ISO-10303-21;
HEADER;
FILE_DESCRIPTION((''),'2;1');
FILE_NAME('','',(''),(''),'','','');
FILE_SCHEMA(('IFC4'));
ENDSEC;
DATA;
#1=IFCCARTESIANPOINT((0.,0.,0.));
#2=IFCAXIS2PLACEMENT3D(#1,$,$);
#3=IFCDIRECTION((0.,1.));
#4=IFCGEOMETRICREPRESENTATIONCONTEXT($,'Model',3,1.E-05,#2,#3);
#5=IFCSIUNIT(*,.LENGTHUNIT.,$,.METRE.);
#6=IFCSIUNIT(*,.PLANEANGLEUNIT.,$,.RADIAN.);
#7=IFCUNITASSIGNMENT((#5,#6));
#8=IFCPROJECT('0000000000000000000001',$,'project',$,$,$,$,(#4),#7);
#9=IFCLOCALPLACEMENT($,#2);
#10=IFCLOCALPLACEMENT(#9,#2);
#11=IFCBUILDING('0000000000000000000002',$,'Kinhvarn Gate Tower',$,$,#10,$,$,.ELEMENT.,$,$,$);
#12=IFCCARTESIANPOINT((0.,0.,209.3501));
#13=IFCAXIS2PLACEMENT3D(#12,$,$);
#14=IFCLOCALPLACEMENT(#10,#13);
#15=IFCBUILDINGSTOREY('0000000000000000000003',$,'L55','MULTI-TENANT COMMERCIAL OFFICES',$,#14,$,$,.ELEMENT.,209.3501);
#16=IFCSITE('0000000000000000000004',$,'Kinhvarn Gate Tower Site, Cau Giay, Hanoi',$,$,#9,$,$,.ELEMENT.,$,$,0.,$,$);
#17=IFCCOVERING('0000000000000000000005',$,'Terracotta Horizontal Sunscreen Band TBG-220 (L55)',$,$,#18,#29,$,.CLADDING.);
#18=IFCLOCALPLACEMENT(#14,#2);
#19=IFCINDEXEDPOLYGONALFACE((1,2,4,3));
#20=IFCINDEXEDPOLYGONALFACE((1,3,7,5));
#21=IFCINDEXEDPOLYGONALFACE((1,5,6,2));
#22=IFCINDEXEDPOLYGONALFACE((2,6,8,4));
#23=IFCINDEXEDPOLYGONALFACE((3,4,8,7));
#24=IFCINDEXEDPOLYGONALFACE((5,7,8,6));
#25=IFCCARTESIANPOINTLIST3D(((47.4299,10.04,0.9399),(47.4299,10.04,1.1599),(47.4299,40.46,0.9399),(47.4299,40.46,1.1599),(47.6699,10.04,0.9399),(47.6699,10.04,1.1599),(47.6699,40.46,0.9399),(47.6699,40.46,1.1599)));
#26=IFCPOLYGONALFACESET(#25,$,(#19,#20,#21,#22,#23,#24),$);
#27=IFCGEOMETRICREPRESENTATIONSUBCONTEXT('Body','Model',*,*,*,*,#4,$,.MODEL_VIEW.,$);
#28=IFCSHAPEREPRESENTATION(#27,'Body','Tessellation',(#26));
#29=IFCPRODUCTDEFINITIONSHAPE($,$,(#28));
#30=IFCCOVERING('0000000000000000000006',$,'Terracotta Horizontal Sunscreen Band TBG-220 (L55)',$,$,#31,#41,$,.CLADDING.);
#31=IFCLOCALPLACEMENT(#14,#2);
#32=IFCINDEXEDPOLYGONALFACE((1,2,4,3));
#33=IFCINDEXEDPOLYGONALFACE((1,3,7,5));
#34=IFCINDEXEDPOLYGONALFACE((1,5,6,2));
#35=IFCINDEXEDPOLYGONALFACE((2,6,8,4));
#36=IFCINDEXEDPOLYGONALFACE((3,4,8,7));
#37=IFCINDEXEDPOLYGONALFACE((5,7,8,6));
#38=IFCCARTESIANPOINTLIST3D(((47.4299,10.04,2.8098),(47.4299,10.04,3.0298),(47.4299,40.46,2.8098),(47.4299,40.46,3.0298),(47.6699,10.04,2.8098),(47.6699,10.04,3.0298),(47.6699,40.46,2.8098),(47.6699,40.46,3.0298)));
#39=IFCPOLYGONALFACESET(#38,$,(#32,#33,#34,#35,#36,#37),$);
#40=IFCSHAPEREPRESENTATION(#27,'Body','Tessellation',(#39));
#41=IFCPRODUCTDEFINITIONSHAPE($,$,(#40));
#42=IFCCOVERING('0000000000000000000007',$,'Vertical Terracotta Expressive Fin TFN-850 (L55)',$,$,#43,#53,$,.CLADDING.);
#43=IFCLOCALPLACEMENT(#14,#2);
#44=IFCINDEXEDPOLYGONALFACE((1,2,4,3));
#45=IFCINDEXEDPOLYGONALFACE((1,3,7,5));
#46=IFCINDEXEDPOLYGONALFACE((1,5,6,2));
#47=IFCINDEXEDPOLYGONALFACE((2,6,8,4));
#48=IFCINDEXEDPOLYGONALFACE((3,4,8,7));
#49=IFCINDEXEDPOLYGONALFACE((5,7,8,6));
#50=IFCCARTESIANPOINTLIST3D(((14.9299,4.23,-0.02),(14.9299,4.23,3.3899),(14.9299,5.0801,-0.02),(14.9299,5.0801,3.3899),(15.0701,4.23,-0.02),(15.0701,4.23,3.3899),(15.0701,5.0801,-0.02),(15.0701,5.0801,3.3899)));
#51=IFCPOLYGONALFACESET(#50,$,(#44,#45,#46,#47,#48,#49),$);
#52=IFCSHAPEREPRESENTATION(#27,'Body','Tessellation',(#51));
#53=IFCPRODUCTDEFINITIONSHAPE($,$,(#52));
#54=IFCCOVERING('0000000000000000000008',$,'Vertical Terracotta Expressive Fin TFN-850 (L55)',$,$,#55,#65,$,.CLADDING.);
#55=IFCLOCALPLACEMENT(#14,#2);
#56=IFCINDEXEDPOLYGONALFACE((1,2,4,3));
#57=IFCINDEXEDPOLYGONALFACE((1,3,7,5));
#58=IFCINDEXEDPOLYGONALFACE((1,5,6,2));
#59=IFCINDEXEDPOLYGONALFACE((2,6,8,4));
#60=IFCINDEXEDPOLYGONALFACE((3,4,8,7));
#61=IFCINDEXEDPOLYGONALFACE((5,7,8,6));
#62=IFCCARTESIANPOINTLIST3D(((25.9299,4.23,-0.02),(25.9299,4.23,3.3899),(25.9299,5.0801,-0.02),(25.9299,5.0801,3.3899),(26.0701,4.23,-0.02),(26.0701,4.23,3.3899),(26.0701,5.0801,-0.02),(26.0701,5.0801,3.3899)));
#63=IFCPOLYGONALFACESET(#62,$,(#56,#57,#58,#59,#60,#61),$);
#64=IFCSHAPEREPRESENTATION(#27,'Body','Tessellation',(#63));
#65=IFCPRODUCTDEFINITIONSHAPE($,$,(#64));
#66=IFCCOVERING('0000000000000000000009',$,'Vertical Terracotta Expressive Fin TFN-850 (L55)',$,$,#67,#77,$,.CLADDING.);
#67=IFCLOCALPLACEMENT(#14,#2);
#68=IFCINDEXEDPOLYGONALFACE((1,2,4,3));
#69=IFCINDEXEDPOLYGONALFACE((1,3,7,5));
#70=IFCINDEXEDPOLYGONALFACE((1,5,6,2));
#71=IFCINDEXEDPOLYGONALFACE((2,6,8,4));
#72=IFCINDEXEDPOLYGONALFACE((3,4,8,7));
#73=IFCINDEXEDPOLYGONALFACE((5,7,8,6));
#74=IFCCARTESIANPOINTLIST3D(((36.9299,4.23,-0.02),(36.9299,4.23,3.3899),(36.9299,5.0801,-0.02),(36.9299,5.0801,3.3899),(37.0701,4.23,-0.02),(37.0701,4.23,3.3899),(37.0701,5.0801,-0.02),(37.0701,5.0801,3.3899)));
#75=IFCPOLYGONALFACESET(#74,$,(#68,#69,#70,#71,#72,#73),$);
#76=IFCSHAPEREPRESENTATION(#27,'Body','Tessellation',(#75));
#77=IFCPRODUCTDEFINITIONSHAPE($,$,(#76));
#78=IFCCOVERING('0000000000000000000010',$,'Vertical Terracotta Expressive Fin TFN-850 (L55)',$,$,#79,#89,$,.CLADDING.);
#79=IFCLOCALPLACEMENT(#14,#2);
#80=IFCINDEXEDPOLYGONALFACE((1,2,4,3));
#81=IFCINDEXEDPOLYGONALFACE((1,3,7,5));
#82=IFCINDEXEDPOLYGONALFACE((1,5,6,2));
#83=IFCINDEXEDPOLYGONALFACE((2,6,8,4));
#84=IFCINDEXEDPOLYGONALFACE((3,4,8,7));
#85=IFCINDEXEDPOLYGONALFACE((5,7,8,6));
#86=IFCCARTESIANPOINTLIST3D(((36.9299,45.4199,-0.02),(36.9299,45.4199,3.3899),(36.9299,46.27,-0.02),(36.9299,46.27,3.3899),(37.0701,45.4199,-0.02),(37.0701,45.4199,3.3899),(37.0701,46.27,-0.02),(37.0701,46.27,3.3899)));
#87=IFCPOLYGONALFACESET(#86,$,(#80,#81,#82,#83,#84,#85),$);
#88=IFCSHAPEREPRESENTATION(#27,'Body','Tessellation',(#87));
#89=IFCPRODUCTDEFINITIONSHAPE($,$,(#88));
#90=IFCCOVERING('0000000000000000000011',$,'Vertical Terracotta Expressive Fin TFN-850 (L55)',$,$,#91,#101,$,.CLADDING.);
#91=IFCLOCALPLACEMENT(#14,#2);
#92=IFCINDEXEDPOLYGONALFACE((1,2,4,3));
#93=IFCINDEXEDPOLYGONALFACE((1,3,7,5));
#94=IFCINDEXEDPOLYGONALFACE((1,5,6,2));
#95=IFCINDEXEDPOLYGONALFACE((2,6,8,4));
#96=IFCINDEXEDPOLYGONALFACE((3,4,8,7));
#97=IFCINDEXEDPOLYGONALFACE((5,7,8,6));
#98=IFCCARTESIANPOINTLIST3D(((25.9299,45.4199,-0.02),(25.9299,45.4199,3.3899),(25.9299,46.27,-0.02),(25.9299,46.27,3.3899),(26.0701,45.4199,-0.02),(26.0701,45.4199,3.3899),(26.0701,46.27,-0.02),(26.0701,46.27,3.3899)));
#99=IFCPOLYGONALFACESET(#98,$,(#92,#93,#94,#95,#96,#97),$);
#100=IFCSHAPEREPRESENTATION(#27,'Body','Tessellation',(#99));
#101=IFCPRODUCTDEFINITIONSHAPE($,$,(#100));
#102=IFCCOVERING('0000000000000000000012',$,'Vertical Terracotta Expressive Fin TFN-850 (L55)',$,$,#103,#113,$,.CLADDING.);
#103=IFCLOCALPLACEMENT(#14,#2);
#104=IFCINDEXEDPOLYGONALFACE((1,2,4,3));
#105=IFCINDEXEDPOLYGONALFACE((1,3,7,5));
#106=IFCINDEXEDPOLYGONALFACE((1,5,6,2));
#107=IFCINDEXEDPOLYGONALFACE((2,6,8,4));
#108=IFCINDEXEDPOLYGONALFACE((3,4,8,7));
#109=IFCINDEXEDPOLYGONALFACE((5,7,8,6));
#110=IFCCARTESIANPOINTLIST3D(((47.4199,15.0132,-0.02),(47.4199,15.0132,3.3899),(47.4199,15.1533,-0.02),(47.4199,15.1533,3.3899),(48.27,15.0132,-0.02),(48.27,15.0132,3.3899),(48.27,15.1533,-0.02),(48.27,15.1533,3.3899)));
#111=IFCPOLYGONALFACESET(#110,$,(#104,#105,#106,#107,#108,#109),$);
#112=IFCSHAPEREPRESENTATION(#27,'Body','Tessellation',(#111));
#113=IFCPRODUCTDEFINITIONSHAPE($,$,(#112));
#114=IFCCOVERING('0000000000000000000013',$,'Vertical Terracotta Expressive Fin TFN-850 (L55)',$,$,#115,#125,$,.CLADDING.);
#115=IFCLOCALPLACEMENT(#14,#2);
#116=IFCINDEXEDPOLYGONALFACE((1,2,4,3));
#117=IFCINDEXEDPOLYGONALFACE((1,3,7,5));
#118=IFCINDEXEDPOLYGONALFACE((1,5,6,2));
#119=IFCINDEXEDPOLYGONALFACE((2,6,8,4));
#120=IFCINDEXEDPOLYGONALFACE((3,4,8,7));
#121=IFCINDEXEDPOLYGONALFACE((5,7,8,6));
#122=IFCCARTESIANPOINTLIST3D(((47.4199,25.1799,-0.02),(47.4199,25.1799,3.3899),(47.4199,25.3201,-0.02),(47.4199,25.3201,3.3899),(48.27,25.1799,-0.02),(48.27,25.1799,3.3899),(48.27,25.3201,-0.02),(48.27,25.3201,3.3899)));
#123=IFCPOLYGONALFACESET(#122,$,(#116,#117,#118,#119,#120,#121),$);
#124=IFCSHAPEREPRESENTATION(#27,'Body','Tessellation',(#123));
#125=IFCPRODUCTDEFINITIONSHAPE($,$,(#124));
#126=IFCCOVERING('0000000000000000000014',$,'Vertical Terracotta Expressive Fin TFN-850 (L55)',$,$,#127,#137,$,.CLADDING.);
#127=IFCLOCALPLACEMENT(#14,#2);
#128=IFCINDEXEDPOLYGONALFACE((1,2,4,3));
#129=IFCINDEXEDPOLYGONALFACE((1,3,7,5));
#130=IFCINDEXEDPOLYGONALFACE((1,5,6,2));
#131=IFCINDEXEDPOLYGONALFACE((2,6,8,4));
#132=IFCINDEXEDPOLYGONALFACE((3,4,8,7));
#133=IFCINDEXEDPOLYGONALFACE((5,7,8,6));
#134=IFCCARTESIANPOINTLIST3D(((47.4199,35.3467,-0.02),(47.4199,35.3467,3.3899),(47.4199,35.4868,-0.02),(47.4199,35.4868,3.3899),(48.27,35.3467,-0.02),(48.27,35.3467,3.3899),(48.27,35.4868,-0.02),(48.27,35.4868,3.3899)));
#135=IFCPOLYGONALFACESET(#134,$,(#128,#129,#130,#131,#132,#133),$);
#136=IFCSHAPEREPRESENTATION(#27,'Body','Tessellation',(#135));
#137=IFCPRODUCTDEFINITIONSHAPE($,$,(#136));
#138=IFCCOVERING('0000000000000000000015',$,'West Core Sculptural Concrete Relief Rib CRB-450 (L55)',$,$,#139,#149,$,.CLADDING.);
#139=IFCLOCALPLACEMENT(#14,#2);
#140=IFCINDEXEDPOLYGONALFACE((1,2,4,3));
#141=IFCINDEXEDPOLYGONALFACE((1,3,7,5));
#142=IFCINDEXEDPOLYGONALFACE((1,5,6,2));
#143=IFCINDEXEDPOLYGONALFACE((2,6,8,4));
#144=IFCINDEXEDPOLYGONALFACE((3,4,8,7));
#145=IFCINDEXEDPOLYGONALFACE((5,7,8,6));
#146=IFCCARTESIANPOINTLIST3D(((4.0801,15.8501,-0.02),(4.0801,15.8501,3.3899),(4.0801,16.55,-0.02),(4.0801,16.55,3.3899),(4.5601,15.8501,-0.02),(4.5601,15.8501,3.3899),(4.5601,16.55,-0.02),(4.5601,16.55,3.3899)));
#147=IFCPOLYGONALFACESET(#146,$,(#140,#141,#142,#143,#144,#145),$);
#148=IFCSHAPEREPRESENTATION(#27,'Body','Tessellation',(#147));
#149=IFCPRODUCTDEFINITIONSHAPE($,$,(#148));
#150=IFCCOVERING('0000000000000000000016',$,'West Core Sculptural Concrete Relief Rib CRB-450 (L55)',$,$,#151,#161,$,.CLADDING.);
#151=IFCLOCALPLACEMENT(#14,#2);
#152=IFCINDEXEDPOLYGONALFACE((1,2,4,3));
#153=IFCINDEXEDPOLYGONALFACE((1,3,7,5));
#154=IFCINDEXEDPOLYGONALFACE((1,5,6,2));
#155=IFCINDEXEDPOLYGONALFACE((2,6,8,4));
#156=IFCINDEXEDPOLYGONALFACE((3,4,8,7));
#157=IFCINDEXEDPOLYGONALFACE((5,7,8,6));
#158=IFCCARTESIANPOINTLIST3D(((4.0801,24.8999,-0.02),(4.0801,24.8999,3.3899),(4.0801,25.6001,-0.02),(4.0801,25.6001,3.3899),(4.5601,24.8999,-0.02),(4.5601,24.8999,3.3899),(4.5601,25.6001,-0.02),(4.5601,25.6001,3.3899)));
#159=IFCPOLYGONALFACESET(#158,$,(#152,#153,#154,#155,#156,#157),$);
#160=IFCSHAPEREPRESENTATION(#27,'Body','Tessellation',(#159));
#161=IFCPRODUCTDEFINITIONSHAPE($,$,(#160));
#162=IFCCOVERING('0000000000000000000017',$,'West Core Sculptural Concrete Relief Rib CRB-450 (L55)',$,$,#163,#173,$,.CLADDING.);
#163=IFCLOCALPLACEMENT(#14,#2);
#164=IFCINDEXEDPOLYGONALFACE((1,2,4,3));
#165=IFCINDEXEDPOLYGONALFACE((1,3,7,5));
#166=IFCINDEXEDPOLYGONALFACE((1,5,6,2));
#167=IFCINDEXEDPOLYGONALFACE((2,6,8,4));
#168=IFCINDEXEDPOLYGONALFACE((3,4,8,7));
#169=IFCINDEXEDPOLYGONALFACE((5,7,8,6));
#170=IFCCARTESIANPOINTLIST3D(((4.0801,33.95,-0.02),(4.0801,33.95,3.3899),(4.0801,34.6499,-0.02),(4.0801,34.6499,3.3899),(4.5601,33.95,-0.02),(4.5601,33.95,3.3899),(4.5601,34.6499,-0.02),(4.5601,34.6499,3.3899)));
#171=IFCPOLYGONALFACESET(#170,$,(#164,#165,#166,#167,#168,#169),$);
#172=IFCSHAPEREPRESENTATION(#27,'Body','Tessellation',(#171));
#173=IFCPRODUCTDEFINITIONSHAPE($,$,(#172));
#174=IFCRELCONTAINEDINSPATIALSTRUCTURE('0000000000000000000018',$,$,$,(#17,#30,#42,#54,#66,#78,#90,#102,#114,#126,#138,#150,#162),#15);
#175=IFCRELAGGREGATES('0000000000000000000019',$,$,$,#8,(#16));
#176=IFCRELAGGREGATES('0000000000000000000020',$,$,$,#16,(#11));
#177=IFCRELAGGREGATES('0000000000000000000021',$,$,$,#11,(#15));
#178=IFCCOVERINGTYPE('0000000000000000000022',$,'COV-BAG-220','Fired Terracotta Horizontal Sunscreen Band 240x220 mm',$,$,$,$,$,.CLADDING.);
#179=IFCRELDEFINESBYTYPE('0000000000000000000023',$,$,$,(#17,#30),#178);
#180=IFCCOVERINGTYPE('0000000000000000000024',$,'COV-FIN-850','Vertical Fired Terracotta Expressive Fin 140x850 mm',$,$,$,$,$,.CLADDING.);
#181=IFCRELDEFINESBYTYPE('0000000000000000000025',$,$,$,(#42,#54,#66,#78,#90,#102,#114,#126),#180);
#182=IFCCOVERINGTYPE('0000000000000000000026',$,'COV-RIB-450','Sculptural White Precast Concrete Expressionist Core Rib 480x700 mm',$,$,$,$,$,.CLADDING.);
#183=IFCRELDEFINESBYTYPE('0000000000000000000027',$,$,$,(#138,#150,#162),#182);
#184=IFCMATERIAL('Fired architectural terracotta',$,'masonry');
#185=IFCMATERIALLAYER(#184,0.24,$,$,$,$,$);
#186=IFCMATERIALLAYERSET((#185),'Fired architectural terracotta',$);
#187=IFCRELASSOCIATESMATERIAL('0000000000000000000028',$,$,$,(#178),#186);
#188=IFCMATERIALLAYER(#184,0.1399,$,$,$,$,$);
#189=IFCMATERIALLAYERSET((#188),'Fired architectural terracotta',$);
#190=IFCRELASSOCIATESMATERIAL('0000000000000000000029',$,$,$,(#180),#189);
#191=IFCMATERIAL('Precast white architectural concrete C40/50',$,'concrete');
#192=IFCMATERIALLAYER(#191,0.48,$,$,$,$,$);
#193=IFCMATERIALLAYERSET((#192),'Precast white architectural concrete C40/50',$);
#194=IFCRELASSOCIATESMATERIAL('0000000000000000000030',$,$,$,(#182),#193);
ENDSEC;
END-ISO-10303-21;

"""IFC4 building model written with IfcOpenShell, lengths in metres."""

from ifc_helpers import new_model, si_unit, direction, frame, origin, place, context, subcontext, project, spatial, polyline, outline, extrude, material, layer, layer_set, type_object, element, save


model = new_model("IFC4")

# Units and contexts
model_context = context("Model", 3, precision=1e-05, world=origin(), true_north=direction((0.0, 1.0)))
body_context = subcontext(model_context, "Body", "Model", "MODEL_VIEW")
ifc_project = project(units=[si_unit("LENGTHUNIT", "METRE"), si_unit("PLANEANGLEUNIT", "RADIAN")], contexts=[model_context])

# Site, building, storey
site_placement = place(None, origin())
site = spatial("IfcSite", under=ifc_project, at=site_placement, Name="Kinhvarn Gate Tower Site, Cau Giay, Hanoi", CompositionType="ELEMENT", RefElevation=0.0)
building_placement = place(site_placement, origin())
building = spatial("IfcBuilding", under=site, at=building_placement, Name="Kinhvarn Gate Tower", CompositionType="ELEMENT")
storey_placement = place(building_placement, frame((0.0, 0.0, 209.3501)))
storey = spatial("IfcBuildingStorey", under=building, at=storey_placement, Name="L55", Description="MULTI-TENANT COMMERCIAL OFFICES", CompositionType="ELEMENT", Elevation=209.3501)

# Shared definitions
ifc_material_1 = material(Name="Precast white architectural concrete C40/50", Category="concrete")

# Coverings
ifc_material_2 = material(Name="Fired architectural terracotta", Category="masonry")
ifc_layer_1 = layer(ifc_material_2, 0.24)
ifc_layer_set_1 = layer_set([ifc_layer_1], Name="Fired architectural terracotta")
covering_type_1 = type_object("IfcCoveringType", Name="COV-BAG-220", Description="Fired Terracotta Horizontal Sunscreen Band 240x220 mm", PredefinedType="CLADDING", material=ifc_layer_set_1)
for number, where, name in (
    (1, (0.0, 0.0, 0.9399), "Terracotta Horizontal Sunscreen Band TBG-220 (L55)"),
    (2, (0.0, 0.0, 2.8098), "Terracotta Horizontal Sunscreen Band TBG-220 (L55)"),
):
    element("IfcCovering", number, at=place(storey_placement, frame(where)), inside=storey, type_object=covering_type_1, Name=name, PredefinedType="CLADDING", context=body_context, shape_type="SweptSolid", body=[
        extrude(outline(polyline([(47.4299, 10.04), (47.4299, 40.46), (47.6699, 40.46), (47.6699, 10.04), (47.4299, 10.04)])), origin(), (0.0, 0.0, 1.0), 0.22),
    ])
ifc_layer_2 = layer(ifc_material_2, 0.1399)
ifc_layer_set_2 = layer_set([ifc_layer_2], Name="Fired architectural terracotta")
covering_type_2 = type_object("IfcCoveringType", Name="COV-FIN-850", Description="Vertical Fired Terracotta Expressive Fin 140x850 mm", PredefinedType="CLADDING", material=ifc_layer_set_2)
covering_1_placement = place(storey_placement, frame((0.0, 0.0, -0.02)))
element("IfcCovering", 3, at=covering_1_placement, inside=storey, type_object=covering_type_2, Name="Vertical Terracotta Expressive Fin TFN-850 (L55)", PredefinedType="CLADDING", context=body_context, shape_type="SweptSolid", body=[
    extrude(outline(polyline([(14.9299, 5.0801), (15.0701, 5.0801), (15.0701, 4.23), (14.9299, 4.23), (14.9299, 5.0801)])), origin(), (0.0, 0.0, 1.0), 3.4099),
])
covering_2_placement = place(storey_placement, frame((0.0, 0.0, -0.02)))
element("IfcCovering", 4, at=covering_2_placement, inside=storey, type_object=covering_type_2, Name="Vertical Terracotta Expressive Fin TFN-850 (L55)", PredefinedType="CLADDING", context=body_context, shape_type="SweptSolid", body=[
    extrude(outline(polyline([(25.9299, 5.0801), (26.0701, 5.0801), (26.0701, 4.23), (25.9299, 4.23), (25.9299, 5.0801)])), origin(), (0.0, 0.0, 1.0), 3.4099),
])
covering_3_placement = place(storey_placement, frame((0.0, 0.0, -0.02)))
element("IfcCovering", 5, at=covering_3_placement, inside=storey, type_object=covering_type_2, Name="Vertical Terracotta Expressive Fin TFN-850 (L55)", PredefinedType="CLADDING", context=body_context, shape_type="SweptSolid", body=[
    extrude(outline(polyline([(36.9299, 5.0801), (37.0701, 5.0801), (37.0701, 4.23), (36.9299, 4.23), (36.9299, 5.0801)])), origin(), (0.0, 0.0, 1.0), 3.4099),
])
covering_4_placement = place(storey_placement, frame((0.0, 0.0, -0.02)))
element("IfcCovering", 6, at=covering_4_placement, inside=storey, type_object=covering_type_2, Name="Vertical Terracotta Expressive Fin TFN-850 (L55)", PredefinedType="CLADDING", context=body_context, shape_type="SweptSolid", body=[
    extrude(outline(polyline([(37.0701, 45.4199), (36.9299, 45.4199), (36.9299, 46.27), (37.0701, 46.27), (37.0701, 45.4199)])), origin(), (0.0, 0.0, 1.0), 3.4099),
])
covering_5_placement = place(storey_placement, frame((0.0, 0.0, -0.02)))
element("IfcCovering", 7, at=covering_5_placement, inside=storey, type_object=covering_type_2, Name="Vertical Terracotta Expressive Fin TFN-850 (L55)", PredefinedType="CLADDING", context=body_context, shape_type="SweptSolid", body=[
    extrude(outline(polyline([(26.0701, 45.4199), (25.9299, 45.4199), (25.9299, 46.27), (26.0701, 46.27), (26.0701, 45.4199)])), origin(), (0.0, 0.0, 1.0), 3.4099),
])
covering_6_placement = place(storey_placement, frame((0.0, 0.0, -0.02)))
element("IfcCovering", 8, at=covering_6_placement, inside=storey, type_object=covering_type_2, Name="Vertical Terracotta Expressive Fin TFN-850 (L55)", PredefinedType="CLADDING", context=body_context, shape_type="SweptSolid", body=[
    extrude(outline(polyline([(47.4199, 15.0132), (47.4199, 15.1533), (48.27, 15.1533), (48.27, 15.0132), (47.4199, 15.0132)])), origin(), (0.0, 0.0, 1.0), 3.4099),
])
covering_7_placement = place(storey_placement, frame((0.0, 0.0, -0.02)))
element("IfcCovering", 9, at=covering_7_placement, inside=storey, type_object=covering_type_2, Name="Vertical Terracotta Expressive Fin TFN-850 (L55)", PredefinedType="CLADDING", context=body_context, shape_type="SweptSolid", body=[
    extrude(outline(polyline([(47.4199, 25.1799), (47.4199, 25.3201), (48.27, 25.3201), (48.27, 25.1799), (47.4199, 25.1799)])), origin(), (0.0, 0.0, 1.0), 3.4099),
])
covering_8_placement = place(storey_placement, frame((0.0, 0.0, -0.02)))
element("IfcCovering", 10, at=covering_8_placement, inside=storey, type_object=covering_type_2, Name="Vertical Terracotta Expressive Fin TFN-850 (L55)", PredefinedType="CLADDING", context=body_context, shape_type="SweptSolid", body=[
    extrude(outline(polyline([(47.4199, 35.3467), (47.4199, 35.4868), (48.27, 35.4868), (48.27, 35.3467), (47.4199, 35.3467)])), origin(), (0.0, 0.0, 1.0), 3.4099),
])
ifc_layer_3 = layer(ifc_material_1, 0.48)
ifc_layer_set_3 = layer_set([ifc_layer_3], Name="Precast white architectural concrete C40/50")
covering_type_3 = type_object("IfcCoveringType", Name="COV-RIB-450", Description="Sculptural White Precast Concrete Expressionist Core Rib 480x700 mm", PredefinedType="CLADDING", material=ifc_layer_set_3)
covering_9_placement = place(storey_placement, frame((0.0, 0.0, -0.02)))
element("IfcCovering", 11, at=covering_9_placement, inside=storey, type_object=covering_type_3, Name="West Core Sculptural Concrete Relief Rib CRB-450 (L55)", PredefinedType="CLADDING", context=body_context, shape_type="SweptSolid", body=[
    extrude(outline(polyline([(4.0801, 15.8501), (4.5601, 15.8501), (4.5601, 16.55), (4.0801, 16.55), (4.0801, 15.8501)])), origin(), (0.0, 0.0, 1.0), 3.4099),
])
covering_10_placement = place(storey_placement, frame((0.0, 0.0, -0.02)))
element("IfcCovering", 12, at=covering_10_placement, inside=storey, type_object=covering_type_3, Name="West Core Sculptural Concrete Relief Rib CRB-450 (L55)", PredefinedType="CLADDING", context=body_context, shape_type="SweptSolid", body=[
    extrude(outline(polyline([(4.0801, 24.8999), (4.5601, 24.8999), (4.5601, 25.6001), (4.0801, 25.6001), (4.0801, 24.8999)])), origin(), (0.0, 0.0, 1.0), 3.4099),
])
covering_11_placement = place(storey_placement, frame((0.0, 0.0, -0.02)))
element("IfcCovering", 13, at=covering_11_placement, inside=storey, type_object=covering_type_3, Name="West Core Sculptural Concrete Relief Rib CRB-450 (L55)", PredefinedType="CLADDING", context=body_context, shape_type="SweptSolid", body=[
    extrude(outline(polyline([(4.0801, 33.95), (4.5601, 33.95), (4.5601, 34.6499), (4.0801, 34.6499), (4.0801, 33.95)])), origin(), (0.0, 0.0, 1.0), 3.4099),
])

save(model, "model.ifc")
